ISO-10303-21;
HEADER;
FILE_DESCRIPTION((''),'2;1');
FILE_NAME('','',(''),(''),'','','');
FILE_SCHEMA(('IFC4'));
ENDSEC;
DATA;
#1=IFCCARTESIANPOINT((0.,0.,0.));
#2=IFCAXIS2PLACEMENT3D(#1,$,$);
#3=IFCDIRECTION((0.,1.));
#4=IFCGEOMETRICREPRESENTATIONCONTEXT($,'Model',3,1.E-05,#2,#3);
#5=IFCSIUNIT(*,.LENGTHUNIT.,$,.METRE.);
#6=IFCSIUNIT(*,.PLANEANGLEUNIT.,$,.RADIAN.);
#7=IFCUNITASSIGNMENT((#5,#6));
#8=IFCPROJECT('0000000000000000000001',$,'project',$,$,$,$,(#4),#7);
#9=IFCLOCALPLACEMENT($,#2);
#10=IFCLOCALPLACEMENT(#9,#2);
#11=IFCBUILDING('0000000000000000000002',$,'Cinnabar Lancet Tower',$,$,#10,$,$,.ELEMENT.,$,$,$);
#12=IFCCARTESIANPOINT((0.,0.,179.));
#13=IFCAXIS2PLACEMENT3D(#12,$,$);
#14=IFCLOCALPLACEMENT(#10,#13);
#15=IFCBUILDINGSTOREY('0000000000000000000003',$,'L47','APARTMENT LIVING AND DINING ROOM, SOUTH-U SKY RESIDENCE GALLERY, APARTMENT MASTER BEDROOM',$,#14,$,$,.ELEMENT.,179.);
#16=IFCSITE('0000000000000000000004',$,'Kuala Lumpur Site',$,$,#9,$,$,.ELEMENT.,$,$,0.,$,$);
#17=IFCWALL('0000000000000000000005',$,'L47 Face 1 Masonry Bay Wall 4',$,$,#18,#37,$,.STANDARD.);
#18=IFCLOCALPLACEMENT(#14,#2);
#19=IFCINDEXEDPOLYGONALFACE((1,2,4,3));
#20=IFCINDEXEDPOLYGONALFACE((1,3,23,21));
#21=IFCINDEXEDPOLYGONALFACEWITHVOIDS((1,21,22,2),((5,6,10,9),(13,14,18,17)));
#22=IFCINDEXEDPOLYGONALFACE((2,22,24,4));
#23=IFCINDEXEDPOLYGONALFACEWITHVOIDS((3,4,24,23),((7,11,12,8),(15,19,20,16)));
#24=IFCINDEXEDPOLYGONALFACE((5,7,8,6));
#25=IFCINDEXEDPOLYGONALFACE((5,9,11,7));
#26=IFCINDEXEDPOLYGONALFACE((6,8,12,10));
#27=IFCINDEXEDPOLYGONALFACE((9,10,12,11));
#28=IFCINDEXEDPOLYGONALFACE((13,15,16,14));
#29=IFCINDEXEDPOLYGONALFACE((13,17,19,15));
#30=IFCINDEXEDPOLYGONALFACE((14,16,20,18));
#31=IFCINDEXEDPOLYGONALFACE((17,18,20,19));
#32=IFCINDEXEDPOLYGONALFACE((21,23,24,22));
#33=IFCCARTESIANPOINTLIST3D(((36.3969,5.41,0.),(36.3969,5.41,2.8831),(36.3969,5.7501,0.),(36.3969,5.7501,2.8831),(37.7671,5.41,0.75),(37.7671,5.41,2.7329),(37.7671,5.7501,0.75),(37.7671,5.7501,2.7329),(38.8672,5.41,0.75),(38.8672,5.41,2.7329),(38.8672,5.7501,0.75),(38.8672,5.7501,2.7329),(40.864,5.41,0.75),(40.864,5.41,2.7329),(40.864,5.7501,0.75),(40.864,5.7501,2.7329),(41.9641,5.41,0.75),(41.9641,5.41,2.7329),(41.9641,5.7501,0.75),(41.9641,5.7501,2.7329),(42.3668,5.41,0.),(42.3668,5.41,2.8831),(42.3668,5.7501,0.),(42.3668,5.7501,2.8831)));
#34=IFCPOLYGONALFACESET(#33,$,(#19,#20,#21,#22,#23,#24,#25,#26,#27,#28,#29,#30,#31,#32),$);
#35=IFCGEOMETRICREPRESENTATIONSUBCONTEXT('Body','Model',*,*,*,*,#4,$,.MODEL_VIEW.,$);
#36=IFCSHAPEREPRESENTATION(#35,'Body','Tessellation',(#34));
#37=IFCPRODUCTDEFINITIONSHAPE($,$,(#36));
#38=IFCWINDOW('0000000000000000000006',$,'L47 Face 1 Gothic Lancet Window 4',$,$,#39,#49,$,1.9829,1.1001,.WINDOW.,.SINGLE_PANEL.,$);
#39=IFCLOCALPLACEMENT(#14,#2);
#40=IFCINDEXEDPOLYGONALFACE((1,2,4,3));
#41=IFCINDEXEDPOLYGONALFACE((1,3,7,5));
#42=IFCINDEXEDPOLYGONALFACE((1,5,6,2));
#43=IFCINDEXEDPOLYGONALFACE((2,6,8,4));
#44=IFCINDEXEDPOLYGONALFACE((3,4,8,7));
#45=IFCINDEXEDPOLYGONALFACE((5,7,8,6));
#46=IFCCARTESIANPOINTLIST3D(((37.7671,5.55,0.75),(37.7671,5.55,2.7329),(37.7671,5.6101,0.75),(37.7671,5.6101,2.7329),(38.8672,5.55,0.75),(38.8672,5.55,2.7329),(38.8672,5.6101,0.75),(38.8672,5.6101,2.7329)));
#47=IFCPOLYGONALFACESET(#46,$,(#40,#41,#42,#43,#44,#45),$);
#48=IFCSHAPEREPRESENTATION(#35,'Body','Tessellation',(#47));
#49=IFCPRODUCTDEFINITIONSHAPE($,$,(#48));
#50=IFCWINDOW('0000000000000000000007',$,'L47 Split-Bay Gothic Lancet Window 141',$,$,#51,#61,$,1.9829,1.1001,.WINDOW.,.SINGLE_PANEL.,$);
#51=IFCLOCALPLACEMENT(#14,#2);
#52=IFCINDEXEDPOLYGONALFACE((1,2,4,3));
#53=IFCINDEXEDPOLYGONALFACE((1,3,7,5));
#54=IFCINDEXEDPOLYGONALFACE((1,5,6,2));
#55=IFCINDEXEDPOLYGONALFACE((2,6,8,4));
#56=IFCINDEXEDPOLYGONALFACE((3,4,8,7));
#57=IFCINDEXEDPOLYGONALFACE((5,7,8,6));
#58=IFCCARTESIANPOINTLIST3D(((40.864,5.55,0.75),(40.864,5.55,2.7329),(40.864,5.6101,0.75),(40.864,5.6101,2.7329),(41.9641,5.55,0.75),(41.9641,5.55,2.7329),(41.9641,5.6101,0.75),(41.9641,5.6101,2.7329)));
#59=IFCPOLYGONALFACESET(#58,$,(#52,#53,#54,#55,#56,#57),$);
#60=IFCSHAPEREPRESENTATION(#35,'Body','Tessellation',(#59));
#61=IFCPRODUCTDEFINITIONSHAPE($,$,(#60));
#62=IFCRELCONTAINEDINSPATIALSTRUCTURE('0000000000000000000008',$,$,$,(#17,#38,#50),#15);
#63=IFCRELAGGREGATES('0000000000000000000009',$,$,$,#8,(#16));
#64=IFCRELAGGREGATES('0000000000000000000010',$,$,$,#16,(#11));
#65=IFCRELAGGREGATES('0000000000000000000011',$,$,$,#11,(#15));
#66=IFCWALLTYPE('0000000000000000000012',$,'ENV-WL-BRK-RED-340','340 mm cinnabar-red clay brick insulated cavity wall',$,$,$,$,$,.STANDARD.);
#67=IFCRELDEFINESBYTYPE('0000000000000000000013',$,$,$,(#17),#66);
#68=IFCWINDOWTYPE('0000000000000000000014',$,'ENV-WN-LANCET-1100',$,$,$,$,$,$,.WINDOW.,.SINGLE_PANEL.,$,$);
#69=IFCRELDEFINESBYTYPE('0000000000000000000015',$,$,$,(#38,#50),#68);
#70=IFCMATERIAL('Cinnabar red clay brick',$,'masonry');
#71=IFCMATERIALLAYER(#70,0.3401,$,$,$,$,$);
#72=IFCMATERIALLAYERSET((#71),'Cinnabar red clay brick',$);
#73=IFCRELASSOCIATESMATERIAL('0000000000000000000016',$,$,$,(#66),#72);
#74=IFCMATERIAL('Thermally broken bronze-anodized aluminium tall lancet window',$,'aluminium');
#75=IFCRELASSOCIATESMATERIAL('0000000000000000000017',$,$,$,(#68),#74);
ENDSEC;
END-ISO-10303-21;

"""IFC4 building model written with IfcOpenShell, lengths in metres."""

from ifc_helpers import new_model, si_unit, direction, frame, frame_2d, origin, place, context, subcontext, project, spatial, rectangle, extrude, material, layer, layer_set, type_object, element, fill, save


model = new_model("IFC4")

# Units and contexts
model_context = context("Model", 3, precision=1e-05, world=origin(), true_north=direction((0.0, 1.0)))
body_context = subcontext(model_context, "Body", "Model", "MODEL_VIEW")
ifc_project = project(units=[si_unit("LENGTHUNIT", "METRE"), si_unit("PLANEANGLEUNIT", "RADIAN")], contexts=[model_context])

# Site, building, storey
site_placement = place(None, origin())
site = spatial("IfcSite", under=ifc_project, at=site_placement, Name="Kuala Lumpur Site", CompositionType="ELEMENT", RefElevation=0.0)
building_placement = place(site_placement, origin())
building = spatial("IfcBuilding", under=site, at=building_placement, Name="Cinnabar Lancet Tower", CompositionType="ELEMENT")
storey_placement = place(building_placement, frame((0.0, 0.0, 179.0)))
storey = spatial("IfcBuildingStorey", under=building, at=storey_placement, Name="L47", Description="APARTMENT LIVING AND DINING ROOM, SOUTH-U SKY RESIDENCE GALLERY, APARTMENT MASTER BEDROOM", CompositionType="ELEMENT", Elevation=179.0)

# Wall, openings, windows
ifc_material_1 = material(Name="Cinnabar red clay brick", Category="masonry")
ifc_layer_1 = layer(ifc_material_1, 0.3401)
ifc_layer_set_1 = layer_set([ifc_layer_1], Name="Cinnabar red clay brick")
wall_type_1 = type_object("IfcWallType", Name="ENV-WL-BRK-RED-340", Description="340 mm cinnabar-red clay brick insulated cavity wall", PredefinedType="STANDARD", material=ifc_layer_set_1)
wall_1_placement = place(storey_placement, frame((36.397, 5.5801, 0.0), z_axis=(0.0, 0.0, 1.0), x_axis=(1.0, 0.0, 0.0)))
wall_1 = element("IfcWall", 1, at=wall_1_placement, inside=storey, type_object=wall_type_1, Name="L47 Face 1 Masonry Bay Wall 4", PredefinedType="STANDARD", context=body_context, shape_type="SweptSolid", body=[
    extrude(rectangle(XDim=5.97, YDim=0.3401, at=frame_2d((2.9849, 0.0))), origin(), (0.0, 0.0, 1.0), 2.8831),
])
opening_1_placement = place(wall_1_placement, frame((1.3701, 0.0, 0.75)))
opening_1 = element("IfcOpeningElement", 2, at=opening_1_placement, cuts=wall_1, PredefinedType="OPENING", context=body_context, shape_type="SweptSolid", body=[
    extrude(rectangle(XDim=1.1001, YDim=1.9829, at=frame_2d((0.55, 0.9915))), frame((0.0, 0.1799, 0.0), z_axis=(0.0, -1.0, 0.0), x_axis=(1.0, 0.0, 0.0)), (0.0, 0.0, 1.0), 0.3601),
])
opening_2_placement = place(wall_1_placement, frame((4.467, 0.0, 0.75)))
opening_2 = element("IfcOpeningElement", 3, at=opening_2_placement, cuts=wall_1, PredefinedType="OPENING", context=body_context, shape_type="SweptSolid", body=[
    extrude(rectangle(XDim=1.1001, YDim=1.9829, at=frame_2d((0.55, 0.9915))), frame((0.0, 0.1799, 0.0), z_axis=(0.0, -1.0, 0.0), x_axis=(1.0, 0.0, 0.0)), (0.0, 0.0, 1.0), 0.3601),
])
ifc_material_2 = material(Name="Thermally broken bronze-anodized aluminium tall lancet window", Category="aluminium")
window_type = type_object("IfcWindowType", Name="ENV-WN-LANCET-1100", PartitioningType="SINGLE_PANEL", PredefinedType="WINDOW", material=ifc_material_2)
window_1_placement = place(opening_1_placement, origin())
window_1 = element("IfcWindow", 4, at=window_1_placement, inside=storey, type_object=window_type, Name="L47 Face 1 Gothic Lancet Window 4", OverallHeight=1.9829, OverallWidth=1.1001, PartitioningType="SINGLE_PANEL", PredefinedType="WINDOW", context=body_context, shape_type="SweptSolid", body=[
    extrude(rectangle(XDim=1.1001, YDim=1.9829, at=frame_2d((0.55, 0.9915))), frame((0.0, 0.03, 0.0), z_axis=(0.0, -1.0, 0.0), x_axis=(1.0, 0.0, 0.0)), (0.0, 0.0, 1.0), 0.0601),
])
fill(opening_1, window_1)
window_2_placement = place(opening_2_placement, origin())
window_2 = element("IfcWindow", 5, at=window_2_placement, inside=storey, type_object=window_type, Name="L47 Split-Bay Gothic Lancet Window 141", OverallHeight=1.9829, OverallWidth=1.1001, PartitioningType="SINGLE_PANEL", PredefinedType="WINDOW", context=body_context, shape_type="SweptSolid", body=[
    extrude(rectangle(XDim=1.1001, YDim=1.9829, at=frame_2d((0.55, 0.9915))), frame((0.0, 0.03, 0.0), z_axis=(0.0, -1.0, 0.0), x_axis=(1.0, 0.0, 0.0)), (0.0, 0.0, 1.0), 0.0601),
])
fill(opening_2, window_2)

save(model, "model.ifc")
